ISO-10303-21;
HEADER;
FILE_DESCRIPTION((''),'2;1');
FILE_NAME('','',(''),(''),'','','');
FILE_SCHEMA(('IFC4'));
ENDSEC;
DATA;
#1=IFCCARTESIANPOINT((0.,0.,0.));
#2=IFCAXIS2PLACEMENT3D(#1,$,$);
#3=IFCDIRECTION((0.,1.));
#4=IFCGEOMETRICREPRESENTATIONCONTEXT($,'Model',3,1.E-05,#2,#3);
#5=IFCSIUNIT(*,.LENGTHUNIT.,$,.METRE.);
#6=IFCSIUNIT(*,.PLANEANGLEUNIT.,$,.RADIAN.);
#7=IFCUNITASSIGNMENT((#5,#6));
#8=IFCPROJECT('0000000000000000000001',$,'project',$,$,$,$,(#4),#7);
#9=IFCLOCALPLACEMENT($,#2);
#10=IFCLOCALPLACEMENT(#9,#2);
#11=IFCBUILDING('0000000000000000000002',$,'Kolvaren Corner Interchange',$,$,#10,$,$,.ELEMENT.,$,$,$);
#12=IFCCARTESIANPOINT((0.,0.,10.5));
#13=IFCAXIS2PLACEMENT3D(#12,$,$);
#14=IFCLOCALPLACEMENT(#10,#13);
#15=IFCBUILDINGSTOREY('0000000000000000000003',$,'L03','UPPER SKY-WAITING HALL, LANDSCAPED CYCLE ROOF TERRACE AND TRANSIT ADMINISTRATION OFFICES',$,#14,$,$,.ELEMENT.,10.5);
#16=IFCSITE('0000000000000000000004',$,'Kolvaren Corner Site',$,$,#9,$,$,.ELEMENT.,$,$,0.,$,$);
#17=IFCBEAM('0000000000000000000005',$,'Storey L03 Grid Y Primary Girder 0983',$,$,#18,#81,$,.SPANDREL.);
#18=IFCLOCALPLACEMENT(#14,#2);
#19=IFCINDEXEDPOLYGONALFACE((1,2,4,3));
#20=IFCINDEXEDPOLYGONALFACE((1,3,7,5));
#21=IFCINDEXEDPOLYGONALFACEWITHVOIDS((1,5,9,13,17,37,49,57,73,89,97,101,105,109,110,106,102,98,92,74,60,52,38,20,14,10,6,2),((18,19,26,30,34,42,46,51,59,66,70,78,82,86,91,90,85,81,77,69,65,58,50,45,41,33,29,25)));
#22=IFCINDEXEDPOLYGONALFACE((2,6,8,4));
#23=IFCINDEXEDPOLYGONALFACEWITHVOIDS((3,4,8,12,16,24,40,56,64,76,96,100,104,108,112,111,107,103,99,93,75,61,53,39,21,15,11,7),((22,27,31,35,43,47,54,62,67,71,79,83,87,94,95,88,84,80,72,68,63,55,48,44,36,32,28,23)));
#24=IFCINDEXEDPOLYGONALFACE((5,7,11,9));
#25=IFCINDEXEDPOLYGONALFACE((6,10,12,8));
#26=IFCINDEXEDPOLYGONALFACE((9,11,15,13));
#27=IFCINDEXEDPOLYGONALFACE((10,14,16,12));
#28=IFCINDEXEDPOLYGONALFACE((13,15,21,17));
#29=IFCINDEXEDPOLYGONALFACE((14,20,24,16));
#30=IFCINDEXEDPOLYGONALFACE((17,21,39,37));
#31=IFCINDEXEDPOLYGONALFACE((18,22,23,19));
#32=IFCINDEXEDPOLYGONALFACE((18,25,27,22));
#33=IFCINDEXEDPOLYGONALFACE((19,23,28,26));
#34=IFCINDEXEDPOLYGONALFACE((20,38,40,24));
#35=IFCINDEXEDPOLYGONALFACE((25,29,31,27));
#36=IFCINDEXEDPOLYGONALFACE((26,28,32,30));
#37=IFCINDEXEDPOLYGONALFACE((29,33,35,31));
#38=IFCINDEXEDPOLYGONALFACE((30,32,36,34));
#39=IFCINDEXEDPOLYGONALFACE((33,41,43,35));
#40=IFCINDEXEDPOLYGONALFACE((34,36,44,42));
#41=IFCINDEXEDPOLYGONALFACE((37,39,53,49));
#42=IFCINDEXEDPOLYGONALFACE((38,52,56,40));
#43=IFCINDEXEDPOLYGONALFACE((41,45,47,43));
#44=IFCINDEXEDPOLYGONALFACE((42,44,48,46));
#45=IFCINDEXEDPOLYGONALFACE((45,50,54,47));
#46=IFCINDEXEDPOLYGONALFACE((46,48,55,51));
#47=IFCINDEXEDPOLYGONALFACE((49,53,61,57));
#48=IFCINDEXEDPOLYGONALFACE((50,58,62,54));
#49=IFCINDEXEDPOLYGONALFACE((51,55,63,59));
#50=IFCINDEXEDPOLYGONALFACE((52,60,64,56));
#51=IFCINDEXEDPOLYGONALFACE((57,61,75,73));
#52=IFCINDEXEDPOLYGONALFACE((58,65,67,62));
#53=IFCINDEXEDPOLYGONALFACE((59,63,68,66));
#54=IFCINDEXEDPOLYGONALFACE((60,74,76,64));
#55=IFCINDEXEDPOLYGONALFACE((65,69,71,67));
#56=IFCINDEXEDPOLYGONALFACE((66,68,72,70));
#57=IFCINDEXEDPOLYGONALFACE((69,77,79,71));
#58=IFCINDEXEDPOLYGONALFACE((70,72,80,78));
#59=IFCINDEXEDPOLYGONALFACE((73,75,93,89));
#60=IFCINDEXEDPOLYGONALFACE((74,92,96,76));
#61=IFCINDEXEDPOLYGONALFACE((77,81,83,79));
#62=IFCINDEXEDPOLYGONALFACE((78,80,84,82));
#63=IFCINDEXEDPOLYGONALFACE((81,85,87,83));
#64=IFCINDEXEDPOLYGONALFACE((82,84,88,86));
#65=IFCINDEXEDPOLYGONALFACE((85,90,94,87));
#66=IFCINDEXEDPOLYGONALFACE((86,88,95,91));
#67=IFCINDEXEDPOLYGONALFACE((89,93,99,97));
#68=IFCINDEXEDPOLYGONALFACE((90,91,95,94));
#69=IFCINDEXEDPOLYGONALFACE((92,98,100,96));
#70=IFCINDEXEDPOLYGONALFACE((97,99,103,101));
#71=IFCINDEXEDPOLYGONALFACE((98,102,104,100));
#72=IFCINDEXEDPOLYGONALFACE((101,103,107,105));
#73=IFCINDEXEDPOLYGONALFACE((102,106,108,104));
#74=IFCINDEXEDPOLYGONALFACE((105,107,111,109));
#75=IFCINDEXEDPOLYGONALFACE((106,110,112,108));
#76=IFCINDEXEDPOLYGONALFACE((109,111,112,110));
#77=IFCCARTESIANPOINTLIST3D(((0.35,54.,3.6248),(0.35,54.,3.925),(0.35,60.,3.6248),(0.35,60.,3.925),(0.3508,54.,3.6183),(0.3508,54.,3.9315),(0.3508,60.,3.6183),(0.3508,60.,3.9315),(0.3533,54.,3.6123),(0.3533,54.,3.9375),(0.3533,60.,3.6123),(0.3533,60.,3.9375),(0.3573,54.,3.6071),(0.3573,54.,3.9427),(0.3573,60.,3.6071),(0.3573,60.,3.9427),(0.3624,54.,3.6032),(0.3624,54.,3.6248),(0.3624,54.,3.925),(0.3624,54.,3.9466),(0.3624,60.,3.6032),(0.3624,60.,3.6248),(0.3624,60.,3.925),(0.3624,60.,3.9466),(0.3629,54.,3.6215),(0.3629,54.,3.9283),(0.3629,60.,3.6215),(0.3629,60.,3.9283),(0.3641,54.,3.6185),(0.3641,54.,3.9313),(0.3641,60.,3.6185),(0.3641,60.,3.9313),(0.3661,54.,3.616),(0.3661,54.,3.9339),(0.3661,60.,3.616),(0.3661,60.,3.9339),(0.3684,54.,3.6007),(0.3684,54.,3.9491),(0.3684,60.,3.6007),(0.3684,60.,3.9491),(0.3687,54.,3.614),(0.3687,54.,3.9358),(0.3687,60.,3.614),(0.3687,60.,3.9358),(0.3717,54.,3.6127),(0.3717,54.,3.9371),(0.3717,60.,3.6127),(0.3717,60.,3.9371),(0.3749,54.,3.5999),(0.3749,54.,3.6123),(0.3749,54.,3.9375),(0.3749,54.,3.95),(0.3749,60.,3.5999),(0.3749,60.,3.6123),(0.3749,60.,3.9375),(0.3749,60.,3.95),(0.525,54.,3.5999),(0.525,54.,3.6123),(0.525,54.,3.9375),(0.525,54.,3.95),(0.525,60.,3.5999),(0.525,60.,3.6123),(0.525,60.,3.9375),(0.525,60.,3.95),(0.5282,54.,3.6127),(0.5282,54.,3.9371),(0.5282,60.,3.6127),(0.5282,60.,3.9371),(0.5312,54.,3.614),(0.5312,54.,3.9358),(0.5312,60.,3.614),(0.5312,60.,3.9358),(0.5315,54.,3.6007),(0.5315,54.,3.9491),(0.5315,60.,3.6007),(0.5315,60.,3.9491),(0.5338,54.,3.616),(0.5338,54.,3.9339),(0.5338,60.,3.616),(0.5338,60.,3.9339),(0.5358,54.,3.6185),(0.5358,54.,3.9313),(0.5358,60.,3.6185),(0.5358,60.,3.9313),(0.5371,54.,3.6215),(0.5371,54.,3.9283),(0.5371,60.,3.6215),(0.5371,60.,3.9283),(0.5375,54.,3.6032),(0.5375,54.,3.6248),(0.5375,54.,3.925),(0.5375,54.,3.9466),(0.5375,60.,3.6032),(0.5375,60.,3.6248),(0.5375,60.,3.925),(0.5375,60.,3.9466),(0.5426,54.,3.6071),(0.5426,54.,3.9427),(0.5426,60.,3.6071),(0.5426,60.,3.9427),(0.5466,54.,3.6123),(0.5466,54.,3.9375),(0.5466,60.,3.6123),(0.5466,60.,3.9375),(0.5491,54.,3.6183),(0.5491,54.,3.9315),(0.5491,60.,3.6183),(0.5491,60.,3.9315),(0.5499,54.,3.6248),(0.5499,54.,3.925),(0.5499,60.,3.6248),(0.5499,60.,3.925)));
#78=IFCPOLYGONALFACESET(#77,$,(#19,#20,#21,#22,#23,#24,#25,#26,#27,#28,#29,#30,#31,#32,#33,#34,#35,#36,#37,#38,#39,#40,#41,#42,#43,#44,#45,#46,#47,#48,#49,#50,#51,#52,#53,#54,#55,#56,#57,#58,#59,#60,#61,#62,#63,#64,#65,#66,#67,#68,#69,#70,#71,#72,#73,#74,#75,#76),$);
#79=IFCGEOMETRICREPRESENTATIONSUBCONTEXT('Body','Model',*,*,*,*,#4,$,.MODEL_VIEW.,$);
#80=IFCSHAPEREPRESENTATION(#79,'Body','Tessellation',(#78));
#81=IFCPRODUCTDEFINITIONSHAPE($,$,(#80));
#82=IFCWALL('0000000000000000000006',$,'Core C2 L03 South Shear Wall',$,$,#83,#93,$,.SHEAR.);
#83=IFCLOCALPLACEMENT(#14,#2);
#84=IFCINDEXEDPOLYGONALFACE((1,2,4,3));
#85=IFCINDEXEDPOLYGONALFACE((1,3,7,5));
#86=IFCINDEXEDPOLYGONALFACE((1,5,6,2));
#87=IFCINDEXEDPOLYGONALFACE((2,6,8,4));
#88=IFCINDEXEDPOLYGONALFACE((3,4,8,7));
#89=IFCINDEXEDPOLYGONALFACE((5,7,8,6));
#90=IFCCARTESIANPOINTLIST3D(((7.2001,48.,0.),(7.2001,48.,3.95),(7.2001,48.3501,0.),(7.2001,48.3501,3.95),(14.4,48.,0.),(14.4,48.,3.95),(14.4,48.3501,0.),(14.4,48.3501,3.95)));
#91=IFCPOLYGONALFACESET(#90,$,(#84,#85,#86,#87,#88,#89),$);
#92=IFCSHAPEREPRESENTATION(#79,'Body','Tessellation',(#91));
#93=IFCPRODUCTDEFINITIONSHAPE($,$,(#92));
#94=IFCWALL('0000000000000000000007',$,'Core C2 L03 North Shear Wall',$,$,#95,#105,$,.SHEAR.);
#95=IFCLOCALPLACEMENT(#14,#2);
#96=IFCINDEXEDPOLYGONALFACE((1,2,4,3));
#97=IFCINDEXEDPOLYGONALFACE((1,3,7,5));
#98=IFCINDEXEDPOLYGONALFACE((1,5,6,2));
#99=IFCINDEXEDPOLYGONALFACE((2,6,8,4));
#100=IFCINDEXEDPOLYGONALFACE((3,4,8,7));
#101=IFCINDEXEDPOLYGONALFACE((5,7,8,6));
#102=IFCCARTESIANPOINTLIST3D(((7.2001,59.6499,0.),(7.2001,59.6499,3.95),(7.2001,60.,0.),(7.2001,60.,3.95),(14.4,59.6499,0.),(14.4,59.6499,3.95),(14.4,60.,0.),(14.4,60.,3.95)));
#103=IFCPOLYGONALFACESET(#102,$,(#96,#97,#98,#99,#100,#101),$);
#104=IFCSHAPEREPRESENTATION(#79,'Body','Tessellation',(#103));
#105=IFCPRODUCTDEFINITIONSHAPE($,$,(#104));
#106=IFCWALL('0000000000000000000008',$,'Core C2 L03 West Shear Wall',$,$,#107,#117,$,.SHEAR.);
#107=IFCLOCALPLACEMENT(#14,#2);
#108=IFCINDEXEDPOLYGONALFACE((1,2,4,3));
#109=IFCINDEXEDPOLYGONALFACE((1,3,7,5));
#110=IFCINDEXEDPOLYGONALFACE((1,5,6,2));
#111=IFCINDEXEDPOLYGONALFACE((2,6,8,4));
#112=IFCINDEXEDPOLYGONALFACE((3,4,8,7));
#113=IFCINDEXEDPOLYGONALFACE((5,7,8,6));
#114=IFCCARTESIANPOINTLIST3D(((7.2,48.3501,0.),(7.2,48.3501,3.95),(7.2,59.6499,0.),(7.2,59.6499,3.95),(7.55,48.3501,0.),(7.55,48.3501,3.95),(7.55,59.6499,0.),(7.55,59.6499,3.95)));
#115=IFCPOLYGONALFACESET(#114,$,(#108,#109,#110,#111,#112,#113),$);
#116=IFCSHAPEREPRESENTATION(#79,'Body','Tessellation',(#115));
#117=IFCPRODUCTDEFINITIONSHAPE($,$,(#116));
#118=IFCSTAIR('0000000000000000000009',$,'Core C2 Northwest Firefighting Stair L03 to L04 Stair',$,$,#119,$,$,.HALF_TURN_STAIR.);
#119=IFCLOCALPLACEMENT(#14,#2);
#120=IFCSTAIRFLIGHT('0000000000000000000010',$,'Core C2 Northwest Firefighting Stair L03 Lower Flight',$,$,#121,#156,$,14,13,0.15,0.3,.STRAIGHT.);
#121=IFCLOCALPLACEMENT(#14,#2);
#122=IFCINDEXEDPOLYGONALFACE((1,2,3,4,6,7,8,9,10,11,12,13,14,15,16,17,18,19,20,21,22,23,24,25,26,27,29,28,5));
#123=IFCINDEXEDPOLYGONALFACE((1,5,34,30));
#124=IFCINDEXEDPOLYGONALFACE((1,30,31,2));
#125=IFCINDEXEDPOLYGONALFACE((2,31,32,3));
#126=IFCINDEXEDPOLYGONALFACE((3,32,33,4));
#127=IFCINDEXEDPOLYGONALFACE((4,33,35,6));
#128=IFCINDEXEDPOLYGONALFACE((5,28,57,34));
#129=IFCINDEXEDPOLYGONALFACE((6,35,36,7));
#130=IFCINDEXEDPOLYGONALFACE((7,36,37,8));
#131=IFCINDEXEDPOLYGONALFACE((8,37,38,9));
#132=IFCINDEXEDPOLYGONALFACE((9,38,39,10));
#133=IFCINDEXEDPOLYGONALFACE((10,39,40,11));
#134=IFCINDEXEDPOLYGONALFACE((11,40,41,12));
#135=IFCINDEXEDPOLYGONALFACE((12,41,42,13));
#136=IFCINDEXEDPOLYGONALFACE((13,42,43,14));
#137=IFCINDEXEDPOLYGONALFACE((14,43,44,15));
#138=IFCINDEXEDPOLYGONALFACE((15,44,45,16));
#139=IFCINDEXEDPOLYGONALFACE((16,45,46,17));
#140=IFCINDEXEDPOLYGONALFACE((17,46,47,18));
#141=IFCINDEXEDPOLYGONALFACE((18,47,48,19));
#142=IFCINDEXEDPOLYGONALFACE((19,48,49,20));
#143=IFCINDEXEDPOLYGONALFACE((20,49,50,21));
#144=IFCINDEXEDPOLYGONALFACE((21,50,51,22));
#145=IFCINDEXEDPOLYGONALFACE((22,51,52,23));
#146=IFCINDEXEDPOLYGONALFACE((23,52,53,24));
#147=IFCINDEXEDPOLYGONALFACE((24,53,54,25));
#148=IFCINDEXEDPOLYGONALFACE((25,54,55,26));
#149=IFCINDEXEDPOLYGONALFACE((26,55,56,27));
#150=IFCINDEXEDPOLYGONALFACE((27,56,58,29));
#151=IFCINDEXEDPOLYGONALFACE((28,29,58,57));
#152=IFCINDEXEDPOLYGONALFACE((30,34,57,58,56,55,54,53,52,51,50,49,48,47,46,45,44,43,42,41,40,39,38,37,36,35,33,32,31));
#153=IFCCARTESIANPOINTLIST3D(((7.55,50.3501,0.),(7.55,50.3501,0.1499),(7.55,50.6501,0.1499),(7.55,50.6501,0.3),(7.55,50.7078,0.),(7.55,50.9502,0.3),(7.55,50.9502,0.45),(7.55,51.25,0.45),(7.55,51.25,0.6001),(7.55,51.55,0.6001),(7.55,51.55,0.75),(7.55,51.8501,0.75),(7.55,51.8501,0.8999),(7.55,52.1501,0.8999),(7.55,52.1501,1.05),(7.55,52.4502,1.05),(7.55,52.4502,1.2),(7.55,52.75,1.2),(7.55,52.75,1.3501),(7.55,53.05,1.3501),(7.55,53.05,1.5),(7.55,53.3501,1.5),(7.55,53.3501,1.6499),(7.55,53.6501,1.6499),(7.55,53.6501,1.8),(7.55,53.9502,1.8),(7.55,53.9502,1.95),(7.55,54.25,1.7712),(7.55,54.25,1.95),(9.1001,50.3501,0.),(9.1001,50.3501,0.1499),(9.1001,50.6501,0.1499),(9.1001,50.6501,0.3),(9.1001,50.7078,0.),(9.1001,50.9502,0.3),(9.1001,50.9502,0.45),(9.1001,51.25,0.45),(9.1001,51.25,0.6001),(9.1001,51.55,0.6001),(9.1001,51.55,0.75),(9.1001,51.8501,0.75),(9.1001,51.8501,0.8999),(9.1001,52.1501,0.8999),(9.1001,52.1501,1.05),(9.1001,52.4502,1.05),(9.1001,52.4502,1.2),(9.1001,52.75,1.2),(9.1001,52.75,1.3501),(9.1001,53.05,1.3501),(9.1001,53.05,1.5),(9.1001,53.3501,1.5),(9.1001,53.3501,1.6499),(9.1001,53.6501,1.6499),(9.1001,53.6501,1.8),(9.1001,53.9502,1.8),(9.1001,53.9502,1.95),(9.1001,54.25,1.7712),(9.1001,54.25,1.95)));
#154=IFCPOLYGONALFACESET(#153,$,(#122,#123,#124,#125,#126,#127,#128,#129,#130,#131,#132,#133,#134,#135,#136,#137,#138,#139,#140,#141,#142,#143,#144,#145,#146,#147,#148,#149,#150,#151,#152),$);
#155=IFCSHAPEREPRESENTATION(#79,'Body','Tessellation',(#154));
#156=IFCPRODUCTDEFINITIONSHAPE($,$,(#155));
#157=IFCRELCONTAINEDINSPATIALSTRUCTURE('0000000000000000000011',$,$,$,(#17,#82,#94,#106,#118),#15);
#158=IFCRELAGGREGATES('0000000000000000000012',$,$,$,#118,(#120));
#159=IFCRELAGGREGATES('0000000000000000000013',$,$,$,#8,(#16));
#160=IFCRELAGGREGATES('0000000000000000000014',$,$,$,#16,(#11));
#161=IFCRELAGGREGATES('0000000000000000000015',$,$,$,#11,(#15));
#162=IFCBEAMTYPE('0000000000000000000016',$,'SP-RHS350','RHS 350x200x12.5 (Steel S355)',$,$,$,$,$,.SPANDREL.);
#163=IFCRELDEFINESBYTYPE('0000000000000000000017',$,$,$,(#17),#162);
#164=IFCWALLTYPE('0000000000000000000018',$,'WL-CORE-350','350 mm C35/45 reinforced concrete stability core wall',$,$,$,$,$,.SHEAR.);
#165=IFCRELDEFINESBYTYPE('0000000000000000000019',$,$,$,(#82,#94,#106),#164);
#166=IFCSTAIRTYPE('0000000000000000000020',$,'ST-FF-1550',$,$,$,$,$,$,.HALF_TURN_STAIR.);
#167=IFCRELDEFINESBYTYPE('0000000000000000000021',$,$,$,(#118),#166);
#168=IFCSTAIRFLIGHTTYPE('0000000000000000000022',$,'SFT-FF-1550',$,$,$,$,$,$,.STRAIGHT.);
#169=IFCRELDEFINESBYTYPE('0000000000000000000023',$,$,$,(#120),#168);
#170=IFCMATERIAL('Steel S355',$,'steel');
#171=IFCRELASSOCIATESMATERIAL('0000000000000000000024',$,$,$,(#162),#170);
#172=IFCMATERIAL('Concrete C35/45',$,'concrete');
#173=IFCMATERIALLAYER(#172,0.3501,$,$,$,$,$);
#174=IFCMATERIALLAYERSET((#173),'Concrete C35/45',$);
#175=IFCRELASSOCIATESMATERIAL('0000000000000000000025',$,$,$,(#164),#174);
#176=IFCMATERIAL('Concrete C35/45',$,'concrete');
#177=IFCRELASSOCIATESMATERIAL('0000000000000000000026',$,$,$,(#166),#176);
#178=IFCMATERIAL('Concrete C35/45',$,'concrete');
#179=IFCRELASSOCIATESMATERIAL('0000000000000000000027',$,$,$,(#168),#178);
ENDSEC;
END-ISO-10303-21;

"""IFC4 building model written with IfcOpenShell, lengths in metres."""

from ifc_helpers import new_model, si_unit, direction, frame, frame_2d, origin, origin_2d, place, context, subcontext, project, spatial, polyline, rectangle, hollow_rectangle, outline, extrude, material, layer, layer_set, material_profile, profile_set, type_object, element, aggregate, save


model = new_model("IFC4")

# Units and contexts
model_context = context("Model", 3, precision=1e-05, world=origin(), true_north=direction((0.0, 1.0)))
body_context = subcontext(model_context, "Body", "Model", "MODEL_VIEW")
ifc_project = project(units=[si_unit("LENGTHUNIT", "METRE"), si_unit("PLANEANGLEUNIT", "RADIAN")], contexts=[model_context])

# Site, building, storey
site_placement = place(None, origin())
site = spatial("IfcSite", under=ifc_project, at=site_placement, Name="Kolvaren Corner Site", CompositionType="ELEMENT", RefElevation=0.0)
building_placement = place(site_placement, origin())
building = spatial("IfcBuilding", under=site, at=building_placement, Name="Kolvaren Corner Interchange", CompositionType="ELEMENT")
storey_placement = place(building_placement, frame((0.0, 0.0, 10.5)))
storey = spatial("IfcBuildingStorey", under=building, at=storey_placement, Name="L03", Description="UPPER SKY-WAITING HALL, LANDSCAPED CYCLE ROOF TERRACE AND TRANSIT ADMINISTRATION OFFICES", CompositionType="ELEMENT", Elevation=10.5)

# Beam
ifc_material_1 = material(Name="Steel S355", Category="steel")
ifc_material_profile_1 = material_profile(ifc_material_1, hollow_rectangle(XDim=0.2, YDim=0.3501, WallThickness=0.0125, InnerFilletRadius=0.0125, OuterFilletRadius=0.0249, at=origin_2d()), Name="RHS 350x200x12.5")
ifc_profile_set_1 = profile_set([ifc_material_profile_1], Name="Steel S355")
beam_type_1 = type_object("IfcBeamType", Name="SP-RHS350", Description="RHS 350x200x12.5 (Steel S355)", PredefinedType="SPANDREL", material=ifc_profile_set_1)
for number, where, z_axis, x_axis, name in (
    (1, (0.45, 54.0, 3.7749), (0.0, 1.0, 0.0), (-1.0, 0.0, 0.0), "Storey L03 Grid Y Primary Girder 0983"),
):
    element("IfcBeam", number, at=place(storey_placement, frame(where, z_axis=z_axis, x_axis=x_axis)), inside=storey, type_object=beam_type_1, Name=name, PredefinedType="SPANDREL", context=body_context, shape_type="SweptSolid", body=[
        extrude(hollow_rectangle(XDim=0.2, YDim=0.3501, WallThickness=0.0125, InnerFilletRadius=0.0125, OuterFilletRadius=0.0249, at=origin_2d()), origin(), (0.0, 0.0, 1.0), 6.0),
    ])

# Walls
ifc_material_2 = material(Name="Concrete C35/45", Category="concrete")
ifc_layer = layer(ifc_material_2, 0.3501)
ifc_layer_set = layer_set([ifc_layer], Name="Concrete C35/45")
wall_type = type_object("IfcWallType", Name="WL-CORE-350", Description="350 mm C35/45 reinforced concrete stability core wall", PredefinedType="SHEAR", material=ifc_layer_set)
for number, where, z_axis, x_axis, name in (
    (2, (7.2, 48.175, 0.0), (0.0, 0.0, 1.0), (1.0, 0.0, 0.0), "Core C2 L03 South Shear Wall"),
    (3, (7.2, 59.825, 0.0), (0.0, 0.0, 1.0), (1.0, 0.0, 0.0), "Core C2 L03 North Shear Wall"),
):
    element("IfcWall", number, at=place(storey_placement, frame(where, z_axis=z_axis, x_axis=x_axis)), inside=storey, type_object=wall_type, Name=name, PredefinedType="SHEAR", context=body_context, shape_type="SweptSolid", body=[
        extrude(rectangle(XDim=7.2, YDim=0.3501, at=frame_2d((3.6001, 0.0))), origin(), (0.0, 0.0, 1.0), 3.95),
    ])
wall_placement = place(storey_placement, frame((7.375, 48.3501, 0.0), z_axis=(0.0, 0.0, 1.0), x_axis=(0.0, 1.0, 0.0)))
element("IfcWall", 4, at=wall_placement, inside=storey, type_object=wall_type, Name="Core C2 L03 West Shear Wall", PredefinedType="SHEAR", context=body_context, shape_type="SweptSolid", body=[
    extrude(rectangle(XDim=11.2998, YDim=0.3501, at=frame_2d((5.6499, 0.0))), origin(), (0.0, 0.0, 1.0), 3.95),
])

# Stair, stair flight
ifc_material_3 = material(Name="Concrete C35/45", Category="concrete")
stair_type = type_object("IfcStairType", Name="ST-FF-1550", PredefinedType="HALF_TURN_STAIR", material=ifc_material_3)
stair_placement = place(storey_placement, origin())
stair = element("IfcStair", 5, at=stair_placement, inside=storey, type_object=stair_type, Name="Core C2 Northwest Firefighting Stair L03 to L04 Stair", PredefinedType="HALF_TURN_STAIR")
ifc_material_4 = material(Name="Concrete C35/45", Category="concrete")
stair_flight_type = type_object("IfcStairFlightType", Name="SFT-FF-1550", PredefinedType="STRAIGHT", material=ifc_material_4)
stair_flight_placement = place(storey_placement, frame((8.325, 50.3501, 0.0), z_axis=(0.0, 0.0, 1.0), x_axis=(0.0, 1.0, 0.0)))
stair_flight = element("IfcStairFlight", 6, at=stair_flight_placement, type_object=stair_flight_type, Name="Core C2 Northwest Firefighting Stair L03 Lower Flight", NumberOfRisers=14, NumberOfTreads=13, PredefinedType="STRAIGHT", RiserHeight=0.15, TreadLength=0.3, context=body_context, shape_type="SweptSolid", body=[
    extrude(outline(polyline([(0.0, 0.0), (0.0, 0.1499), (0.3, 0.1499), (0.3, 0.3), (0.6001, 0.3), (0.6001, 0.45), (0.8999, 0.45), (0.8999, 0.6001), (1.2, 0.6001), (1.2, 0.75), (1.5, 0.75), (1.5, 0.8999), (1.8, 0.8999), (1.8, 1.05), (2.1001, 1.05), (2.1001, 1.2), (2.3999, 1.2), (2.3999, 1.3501), (2.7, 1.3501), (2.7, 1.5), (3.0, 1.5), (3.0, 1.6499), (3.3, 1.6499), (3.3, 1.8), (3.6001, 1.8), (3.6001, 1.95), (3.8999, 1.95), (3.8999, 2.1001), (3.8999, 1.7712), (0.3577, 0.0), (0.0, 0.0)])), frame((0.0, 0.7749, 0.0), z_axis=(0.0, -1.0, 0.0), x_axis=(1.0, 0.0, 0.0)), (0.0, 0.0, 1.0), 1.55),
])

aggregate(stair, [stair_flight])

save(model, "model.ifc")
